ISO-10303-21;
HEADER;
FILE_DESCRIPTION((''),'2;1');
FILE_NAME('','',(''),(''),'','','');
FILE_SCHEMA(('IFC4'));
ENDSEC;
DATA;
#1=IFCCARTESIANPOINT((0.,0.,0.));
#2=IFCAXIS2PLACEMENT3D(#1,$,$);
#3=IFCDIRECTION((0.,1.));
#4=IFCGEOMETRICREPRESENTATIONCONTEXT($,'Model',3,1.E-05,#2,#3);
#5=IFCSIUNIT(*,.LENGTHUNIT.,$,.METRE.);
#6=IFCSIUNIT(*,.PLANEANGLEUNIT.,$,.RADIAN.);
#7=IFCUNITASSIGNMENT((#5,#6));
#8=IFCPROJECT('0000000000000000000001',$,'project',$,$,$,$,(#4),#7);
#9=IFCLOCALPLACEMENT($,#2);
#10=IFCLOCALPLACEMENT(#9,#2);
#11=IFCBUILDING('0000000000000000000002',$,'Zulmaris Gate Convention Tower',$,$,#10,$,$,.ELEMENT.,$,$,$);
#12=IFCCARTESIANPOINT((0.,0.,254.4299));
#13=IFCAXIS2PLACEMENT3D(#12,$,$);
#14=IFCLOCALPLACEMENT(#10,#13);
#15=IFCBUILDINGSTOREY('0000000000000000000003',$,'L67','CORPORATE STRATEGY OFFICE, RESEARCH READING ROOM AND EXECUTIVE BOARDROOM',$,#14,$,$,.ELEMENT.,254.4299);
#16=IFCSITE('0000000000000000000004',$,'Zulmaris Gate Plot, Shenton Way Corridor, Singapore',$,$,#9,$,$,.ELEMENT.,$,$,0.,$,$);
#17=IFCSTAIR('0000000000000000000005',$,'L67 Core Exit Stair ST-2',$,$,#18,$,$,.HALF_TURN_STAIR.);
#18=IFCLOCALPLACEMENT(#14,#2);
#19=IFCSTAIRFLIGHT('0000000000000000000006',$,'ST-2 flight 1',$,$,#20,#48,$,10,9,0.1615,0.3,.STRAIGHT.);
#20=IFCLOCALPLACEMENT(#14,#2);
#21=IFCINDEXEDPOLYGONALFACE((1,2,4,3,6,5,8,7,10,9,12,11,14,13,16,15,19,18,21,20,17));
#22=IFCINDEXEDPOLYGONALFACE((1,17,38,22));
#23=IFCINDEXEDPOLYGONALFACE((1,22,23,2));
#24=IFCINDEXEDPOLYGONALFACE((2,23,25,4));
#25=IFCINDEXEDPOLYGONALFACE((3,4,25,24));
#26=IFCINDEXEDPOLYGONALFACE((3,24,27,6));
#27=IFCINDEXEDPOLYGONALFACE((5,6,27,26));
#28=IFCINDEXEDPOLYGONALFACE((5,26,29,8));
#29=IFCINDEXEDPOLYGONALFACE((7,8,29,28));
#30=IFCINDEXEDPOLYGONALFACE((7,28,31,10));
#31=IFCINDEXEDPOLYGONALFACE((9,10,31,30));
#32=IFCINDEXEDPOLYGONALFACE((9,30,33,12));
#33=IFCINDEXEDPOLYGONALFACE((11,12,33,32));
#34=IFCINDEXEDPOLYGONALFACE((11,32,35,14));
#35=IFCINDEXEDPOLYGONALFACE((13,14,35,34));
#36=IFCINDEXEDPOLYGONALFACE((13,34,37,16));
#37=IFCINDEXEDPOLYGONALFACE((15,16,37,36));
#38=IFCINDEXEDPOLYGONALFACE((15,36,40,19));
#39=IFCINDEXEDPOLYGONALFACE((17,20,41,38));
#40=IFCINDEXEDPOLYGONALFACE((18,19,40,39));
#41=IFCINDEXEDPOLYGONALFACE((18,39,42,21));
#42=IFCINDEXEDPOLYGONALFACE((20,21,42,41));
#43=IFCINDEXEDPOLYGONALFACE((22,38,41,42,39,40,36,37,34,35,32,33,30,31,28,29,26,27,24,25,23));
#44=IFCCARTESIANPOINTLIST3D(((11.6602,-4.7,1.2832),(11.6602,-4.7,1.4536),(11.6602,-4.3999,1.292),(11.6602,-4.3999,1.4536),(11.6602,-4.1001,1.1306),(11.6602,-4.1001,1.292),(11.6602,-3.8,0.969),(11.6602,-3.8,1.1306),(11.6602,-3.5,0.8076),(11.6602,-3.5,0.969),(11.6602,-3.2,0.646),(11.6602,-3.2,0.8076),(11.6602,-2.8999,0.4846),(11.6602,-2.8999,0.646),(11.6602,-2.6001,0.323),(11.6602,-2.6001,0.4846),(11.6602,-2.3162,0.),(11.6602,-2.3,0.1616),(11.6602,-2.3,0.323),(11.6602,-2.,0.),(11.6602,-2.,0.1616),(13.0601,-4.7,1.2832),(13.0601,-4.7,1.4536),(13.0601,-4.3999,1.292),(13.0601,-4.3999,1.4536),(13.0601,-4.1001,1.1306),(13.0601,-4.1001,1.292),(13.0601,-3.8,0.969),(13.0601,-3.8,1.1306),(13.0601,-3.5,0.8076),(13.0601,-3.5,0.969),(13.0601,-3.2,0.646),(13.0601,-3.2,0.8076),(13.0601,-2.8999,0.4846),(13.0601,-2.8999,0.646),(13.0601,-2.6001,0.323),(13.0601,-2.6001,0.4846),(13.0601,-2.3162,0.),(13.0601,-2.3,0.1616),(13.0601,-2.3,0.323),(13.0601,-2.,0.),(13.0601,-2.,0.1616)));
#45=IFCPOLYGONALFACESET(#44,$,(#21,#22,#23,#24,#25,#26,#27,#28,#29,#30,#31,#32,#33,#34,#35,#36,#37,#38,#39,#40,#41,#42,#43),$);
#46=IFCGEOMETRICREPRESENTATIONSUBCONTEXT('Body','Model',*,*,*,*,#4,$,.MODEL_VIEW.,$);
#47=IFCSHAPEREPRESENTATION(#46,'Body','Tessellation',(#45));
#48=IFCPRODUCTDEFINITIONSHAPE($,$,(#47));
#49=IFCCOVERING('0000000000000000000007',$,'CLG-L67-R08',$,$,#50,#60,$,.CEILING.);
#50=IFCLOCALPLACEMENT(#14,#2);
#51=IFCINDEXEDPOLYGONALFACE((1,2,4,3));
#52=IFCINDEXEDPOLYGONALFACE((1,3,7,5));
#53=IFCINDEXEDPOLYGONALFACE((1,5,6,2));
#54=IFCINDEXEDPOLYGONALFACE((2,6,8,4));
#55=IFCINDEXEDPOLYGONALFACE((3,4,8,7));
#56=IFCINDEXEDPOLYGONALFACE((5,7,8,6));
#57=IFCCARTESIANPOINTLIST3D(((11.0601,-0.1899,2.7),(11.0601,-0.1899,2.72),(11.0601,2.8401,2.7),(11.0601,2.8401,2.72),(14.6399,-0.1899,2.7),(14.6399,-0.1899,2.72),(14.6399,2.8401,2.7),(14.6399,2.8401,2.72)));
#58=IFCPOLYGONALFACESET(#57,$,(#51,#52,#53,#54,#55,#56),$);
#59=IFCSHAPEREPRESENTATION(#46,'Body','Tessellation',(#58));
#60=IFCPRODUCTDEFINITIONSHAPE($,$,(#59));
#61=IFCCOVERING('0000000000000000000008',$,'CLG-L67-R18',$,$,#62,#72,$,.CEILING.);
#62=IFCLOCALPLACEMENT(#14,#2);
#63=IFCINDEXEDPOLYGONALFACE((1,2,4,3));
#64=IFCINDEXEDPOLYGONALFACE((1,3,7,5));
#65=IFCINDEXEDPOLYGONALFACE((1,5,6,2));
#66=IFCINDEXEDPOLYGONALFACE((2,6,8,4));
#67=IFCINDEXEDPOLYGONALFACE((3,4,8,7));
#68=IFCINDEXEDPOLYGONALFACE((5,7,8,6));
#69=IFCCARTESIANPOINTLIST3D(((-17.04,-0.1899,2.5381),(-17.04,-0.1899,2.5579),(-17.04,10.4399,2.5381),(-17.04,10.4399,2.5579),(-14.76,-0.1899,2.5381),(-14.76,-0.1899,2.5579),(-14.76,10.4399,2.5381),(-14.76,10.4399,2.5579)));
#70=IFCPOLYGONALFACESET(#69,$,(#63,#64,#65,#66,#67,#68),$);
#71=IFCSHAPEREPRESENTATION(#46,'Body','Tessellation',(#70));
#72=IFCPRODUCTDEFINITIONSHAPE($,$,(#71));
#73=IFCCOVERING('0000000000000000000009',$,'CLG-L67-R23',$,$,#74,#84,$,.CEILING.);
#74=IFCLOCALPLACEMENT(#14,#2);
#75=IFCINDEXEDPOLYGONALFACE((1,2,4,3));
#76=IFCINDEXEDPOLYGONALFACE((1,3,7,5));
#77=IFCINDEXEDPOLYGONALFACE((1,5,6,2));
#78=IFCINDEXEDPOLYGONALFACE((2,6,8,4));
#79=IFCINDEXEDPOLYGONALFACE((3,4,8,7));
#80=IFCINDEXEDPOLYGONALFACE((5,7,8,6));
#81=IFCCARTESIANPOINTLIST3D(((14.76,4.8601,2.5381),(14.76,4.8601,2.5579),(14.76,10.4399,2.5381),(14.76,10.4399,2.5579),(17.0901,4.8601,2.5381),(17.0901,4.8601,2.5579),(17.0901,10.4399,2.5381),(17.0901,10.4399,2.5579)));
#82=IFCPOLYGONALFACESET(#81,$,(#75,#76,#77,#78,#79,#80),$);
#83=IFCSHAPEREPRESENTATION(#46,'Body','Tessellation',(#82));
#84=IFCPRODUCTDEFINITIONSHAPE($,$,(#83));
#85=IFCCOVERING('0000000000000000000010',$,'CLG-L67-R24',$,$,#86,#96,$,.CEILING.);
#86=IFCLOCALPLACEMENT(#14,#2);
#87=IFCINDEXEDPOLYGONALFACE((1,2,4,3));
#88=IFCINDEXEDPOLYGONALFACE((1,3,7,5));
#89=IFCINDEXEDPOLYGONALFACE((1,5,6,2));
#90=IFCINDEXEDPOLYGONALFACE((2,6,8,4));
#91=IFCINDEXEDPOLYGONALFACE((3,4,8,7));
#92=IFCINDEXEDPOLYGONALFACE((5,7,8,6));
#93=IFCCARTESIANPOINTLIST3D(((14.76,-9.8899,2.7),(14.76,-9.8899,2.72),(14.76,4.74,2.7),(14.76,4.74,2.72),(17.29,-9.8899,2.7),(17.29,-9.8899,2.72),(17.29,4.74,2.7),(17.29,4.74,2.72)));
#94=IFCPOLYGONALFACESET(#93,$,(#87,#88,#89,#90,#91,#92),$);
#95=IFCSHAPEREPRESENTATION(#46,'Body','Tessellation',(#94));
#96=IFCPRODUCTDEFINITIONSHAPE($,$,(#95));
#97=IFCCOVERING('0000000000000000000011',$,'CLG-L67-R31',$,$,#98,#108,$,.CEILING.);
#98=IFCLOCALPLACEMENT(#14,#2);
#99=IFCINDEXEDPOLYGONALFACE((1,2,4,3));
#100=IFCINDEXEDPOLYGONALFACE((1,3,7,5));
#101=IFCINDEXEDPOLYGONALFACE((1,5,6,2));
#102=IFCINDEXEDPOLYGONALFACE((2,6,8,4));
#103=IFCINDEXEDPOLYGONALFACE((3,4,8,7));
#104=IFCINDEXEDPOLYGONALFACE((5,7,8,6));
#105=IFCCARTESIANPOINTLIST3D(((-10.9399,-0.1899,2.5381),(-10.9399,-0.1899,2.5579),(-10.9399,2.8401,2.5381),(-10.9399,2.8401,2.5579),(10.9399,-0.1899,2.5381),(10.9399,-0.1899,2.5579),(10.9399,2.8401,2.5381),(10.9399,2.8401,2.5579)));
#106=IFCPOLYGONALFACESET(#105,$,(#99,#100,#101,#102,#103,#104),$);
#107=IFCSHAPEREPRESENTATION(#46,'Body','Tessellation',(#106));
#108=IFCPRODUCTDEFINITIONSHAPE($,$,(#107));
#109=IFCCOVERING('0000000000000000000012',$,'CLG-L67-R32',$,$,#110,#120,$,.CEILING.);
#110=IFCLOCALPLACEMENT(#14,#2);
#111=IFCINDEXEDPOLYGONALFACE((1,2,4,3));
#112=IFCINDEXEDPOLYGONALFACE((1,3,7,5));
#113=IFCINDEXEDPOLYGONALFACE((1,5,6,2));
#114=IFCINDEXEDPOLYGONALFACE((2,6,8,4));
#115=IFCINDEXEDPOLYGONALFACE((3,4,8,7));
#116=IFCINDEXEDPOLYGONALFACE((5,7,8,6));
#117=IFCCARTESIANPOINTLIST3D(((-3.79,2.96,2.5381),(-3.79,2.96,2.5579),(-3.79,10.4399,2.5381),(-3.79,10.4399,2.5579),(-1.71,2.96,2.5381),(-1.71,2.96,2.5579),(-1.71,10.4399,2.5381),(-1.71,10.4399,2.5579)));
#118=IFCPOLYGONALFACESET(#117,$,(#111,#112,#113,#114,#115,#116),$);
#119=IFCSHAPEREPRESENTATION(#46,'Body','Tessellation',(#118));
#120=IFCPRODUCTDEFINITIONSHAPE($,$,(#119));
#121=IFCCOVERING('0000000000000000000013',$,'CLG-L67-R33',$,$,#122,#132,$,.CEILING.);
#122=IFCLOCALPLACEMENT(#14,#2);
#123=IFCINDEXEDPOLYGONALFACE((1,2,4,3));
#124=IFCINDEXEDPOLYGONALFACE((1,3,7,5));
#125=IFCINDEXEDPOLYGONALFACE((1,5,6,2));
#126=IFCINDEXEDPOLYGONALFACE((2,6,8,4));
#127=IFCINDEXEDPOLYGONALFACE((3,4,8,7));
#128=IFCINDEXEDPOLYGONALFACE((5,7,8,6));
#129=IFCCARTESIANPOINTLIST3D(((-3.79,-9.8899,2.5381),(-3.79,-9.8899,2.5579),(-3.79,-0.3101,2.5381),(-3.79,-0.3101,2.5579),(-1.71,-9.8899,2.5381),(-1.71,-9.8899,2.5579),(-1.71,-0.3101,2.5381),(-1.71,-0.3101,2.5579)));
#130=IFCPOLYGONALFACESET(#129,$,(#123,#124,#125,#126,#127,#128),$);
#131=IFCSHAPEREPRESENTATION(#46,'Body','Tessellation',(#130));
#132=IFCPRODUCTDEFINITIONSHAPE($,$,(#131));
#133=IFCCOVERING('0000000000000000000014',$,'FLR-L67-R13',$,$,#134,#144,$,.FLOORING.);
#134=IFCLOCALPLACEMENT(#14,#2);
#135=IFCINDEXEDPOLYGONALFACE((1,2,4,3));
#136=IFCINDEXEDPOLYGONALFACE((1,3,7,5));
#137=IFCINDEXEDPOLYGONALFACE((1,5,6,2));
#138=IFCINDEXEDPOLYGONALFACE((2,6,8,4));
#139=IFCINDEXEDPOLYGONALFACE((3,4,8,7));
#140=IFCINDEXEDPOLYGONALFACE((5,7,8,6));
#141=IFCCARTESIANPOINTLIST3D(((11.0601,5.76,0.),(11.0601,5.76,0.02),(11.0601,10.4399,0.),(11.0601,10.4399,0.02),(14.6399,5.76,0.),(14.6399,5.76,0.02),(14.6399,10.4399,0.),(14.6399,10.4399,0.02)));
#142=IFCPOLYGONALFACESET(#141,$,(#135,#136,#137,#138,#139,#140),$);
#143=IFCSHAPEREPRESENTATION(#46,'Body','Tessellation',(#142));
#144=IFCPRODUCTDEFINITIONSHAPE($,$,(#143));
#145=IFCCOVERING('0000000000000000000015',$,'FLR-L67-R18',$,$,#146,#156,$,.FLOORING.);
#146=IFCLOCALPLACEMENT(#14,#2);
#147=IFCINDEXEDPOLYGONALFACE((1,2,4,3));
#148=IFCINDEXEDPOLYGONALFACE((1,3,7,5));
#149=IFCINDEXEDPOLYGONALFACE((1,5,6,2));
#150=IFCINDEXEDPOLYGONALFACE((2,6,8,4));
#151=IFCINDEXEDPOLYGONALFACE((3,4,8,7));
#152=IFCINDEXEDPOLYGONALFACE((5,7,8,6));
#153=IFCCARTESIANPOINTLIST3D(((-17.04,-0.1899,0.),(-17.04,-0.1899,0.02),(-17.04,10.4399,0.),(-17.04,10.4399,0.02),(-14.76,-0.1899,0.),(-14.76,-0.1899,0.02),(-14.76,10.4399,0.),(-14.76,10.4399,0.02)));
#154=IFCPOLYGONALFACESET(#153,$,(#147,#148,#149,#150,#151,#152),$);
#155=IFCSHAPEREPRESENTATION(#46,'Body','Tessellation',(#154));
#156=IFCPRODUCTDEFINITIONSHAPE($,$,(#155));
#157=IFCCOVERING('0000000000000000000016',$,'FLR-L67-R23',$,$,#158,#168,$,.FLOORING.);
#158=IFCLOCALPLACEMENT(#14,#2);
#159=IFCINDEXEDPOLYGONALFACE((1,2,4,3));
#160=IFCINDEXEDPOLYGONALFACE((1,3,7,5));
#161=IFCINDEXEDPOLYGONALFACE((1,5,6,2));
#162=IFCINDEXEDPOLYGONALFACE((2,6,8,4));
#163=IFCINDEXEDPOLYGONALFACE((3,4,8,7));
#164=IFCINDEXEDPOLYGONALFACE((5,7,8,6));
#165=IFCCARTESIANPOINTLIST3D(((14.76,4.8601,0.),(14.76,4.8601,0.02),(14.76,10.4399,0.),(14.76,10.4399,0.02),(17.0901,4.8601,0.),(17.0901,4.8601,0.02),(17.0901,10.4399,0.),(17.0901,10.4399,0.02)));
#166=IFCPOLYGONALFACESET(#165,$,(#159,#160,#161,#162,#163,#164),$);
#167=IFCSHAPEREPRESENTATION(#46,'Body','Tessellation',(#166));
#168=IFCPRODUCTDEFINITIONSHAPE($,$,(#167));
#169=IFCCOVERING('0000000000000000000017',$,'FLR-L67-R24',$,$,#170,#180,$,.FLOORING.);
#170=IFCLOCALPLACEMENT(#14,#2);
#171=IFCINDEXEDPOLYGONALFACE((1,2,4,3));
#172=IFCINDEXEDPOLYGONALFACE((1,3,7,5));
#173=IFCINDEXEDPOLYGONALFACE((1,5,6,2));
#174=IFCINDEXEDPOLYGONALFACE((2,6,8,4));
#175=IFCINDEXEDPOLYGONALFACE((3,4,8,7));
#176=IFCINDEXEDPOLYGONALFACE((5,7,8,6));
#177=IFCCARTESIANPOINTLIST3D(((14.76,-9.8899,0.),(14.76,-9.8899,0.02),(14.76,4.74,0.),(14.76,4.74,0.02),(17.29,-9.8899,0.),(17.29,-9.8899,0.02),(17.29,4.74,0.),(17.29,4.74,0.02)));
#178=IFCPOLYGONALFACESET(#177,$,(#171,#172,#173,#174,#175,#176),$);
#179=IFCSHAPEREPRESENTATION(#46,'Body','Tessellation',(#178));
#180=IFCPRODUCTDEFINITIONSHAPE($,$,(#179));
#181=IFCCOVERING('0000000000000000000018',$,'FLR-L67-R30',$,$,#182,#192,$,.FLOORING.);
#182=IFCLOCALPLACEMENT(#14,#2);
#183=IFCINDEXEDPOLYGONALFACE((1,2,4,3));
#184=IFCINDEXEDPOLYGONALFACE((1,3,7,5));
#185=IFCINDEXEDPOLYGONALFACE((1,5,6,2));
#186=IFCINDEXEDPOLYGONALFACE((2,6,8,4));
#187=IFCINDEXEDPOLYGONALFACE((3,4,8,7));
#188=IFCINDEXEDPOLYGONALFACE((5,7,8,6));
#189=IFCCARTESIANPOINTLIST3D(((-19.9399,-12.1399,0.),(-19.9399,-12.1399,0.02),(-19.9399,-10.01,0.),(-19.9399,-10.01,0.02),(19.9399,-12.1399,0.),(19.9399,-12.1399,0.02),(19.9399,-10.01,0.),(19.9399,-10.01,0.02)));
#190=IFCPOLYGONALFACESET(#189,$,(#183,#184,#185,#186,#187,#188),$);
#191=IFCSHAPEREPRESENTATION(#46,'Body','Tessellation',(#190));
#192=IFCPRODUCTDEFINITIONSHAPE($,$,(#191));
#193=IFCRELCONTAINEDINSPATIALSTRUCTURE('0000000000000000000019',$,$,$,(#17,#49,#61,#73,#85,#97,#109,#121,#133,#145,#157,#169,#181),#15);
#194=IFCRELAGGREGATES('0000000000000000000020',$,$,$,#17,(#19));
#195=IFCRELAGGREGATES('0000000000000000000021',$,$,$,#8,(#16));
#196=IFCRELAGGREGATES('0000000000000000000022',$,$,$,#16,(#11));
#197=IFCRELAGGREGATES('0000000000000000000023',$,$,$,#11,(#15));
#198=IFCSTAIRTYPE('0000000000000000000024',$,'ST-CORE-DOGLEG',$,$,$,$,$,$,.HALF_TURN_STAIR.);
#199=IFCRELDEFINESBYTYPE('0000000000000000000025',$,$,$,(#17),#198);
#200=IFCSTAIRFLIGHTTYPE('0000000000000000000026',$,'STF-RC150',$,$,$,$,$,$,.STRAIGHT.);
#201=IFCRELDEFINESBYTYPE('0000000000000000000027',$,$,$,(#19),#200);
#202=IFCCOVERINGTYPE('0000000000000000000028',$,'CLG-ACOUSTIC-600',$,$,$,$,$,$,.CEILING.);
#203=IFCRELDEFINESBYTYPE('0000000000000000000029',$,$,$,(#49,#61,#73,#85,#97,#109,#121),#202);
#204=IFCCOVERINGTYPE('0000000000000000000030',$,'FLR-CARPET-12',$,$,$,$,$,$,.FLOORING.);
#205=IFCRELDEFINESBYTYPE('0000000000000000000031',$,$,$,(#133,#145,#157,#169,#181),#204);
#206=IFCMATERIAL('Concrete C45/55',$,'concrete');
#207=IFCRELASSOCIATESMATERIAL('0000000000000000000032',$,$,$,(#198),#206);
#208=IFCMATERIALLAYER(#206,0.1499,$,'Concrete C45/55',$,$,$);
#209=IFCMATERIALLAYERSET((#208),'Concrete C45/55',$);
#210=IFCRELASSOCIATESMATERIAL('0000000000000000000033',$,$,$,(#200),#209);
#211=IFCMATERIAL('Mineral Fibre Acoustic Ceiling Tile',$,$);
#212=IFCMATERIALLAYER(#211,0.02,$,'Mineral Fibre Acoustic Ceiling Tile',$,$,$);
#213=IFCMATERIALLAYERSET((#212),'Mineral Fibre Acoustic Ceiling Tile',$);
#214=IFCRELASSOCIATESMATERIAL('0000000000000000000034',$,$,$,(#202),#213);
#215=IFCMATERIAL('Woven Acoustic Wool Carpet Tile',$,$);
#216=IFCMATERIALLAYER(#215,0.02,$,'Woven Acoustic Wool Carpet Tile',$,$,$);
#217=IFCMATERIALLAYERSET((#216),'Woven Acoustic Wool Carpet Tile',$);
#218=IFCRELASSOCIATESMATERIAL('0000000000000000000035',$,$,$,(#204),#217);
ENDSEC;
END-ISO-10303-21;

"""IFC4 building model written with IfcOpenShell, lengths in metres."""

from ifc_helpers import new_model, si_unit, direction, frame, origin, place, context, subcontext, project, spatial, polyline, outline, extrude, material, layer, layer_set, type_object, element, aggregate, save


model = new_model("IFC4")

# Units and contexts
model_context = context("Model", 3, precision=1e-05, world=origin(), true_north=direction((0.0, 1.0)))
body_context = subcontext(model_context, "Body", "Model", "MODEL_VIEW")
ifc_project = project(units=[si_unit("LENGTHUNIT", "METRE"), si_unit("PLANEANGLEUNIT", "RADIAN")], contexts=[model_context])

# Site, building, storey
site_placement = place(None, origin())
site = spatial("IfcSite", under=ifc_project, at=site_placement, Name="Zulmaris Gate Plot, Shenton Way Corridor, Singapore", CompositionType="ELEMENT", RefElevation=0.0)
building_placement = place(site_placement, origin())
building = spatial("IfcBuilding", under=site, at=building_placement, Name="Zulmaris Gate Convention Tower", CompositionType="ELEMENT")
storey_placement = place(building_placement, frame((0.0, 0.0, 254.4299)))
storey = spatial("IfcBuildingStorey", under=building, at=storey_placement, Name="L67", Description="CORPORATE STRATEGY OFFICE, RESEARCH READING ROOM AND EXECUTIVE BOARDROOM", CompositionType="ELEMENT", Elevation=254.4299)

# Stair, stair flight
ifc_material_1 = material(Name="Concrete C45/55", Category="concrete")
stair_type = type_object("IfcStairType", Name="ST-CORE-DOGLEG", PredefinedType="HALF_TURN_STAIR", material=ifc_material_1)
stair_placement = place(storey_placement, origin())
stair = element("IfcStair", 1, at=stair_placement, inside=storey, type_object=stair_type, Name="L67 Core Exit Stair ST-2", PredefinedType="HALF_TURN_STAIR")
ifc_layer_1 = layer(ifc_material_1, 0.1499, Name="Concrete C45/55")
ifc_layer_set_1 = layer_set([ifc_layer_1], Name="Concrete C45/55")
stair_flight_type = type_object("IfcStairFlightType", Name="STF-RC150", PredefinedType="STRAIGHT", material=ifc_layer_set_1)
stair_flight_placement = place(storey_placement, frame((12.3601, -2.0, 0.0), z_axis=(0.0, 0.0, 1.0), x_axis=(0.0, -1.0, 0.0)))
stair_flight = element("IfcStairFlight", 2, at=stair_flight_placement, type_object=stair_flight_type, Name="ST-2 flight 1", NumberOfRisers=10, NumberOfTreads=9, PredefinedType="STRAIGHT", RiserHeight=0.1615, TreadLength=0.3, context=body_context, shape_type="SweptSolid", body=[
    extrude(outline(polyline([(0.0, 0.0), (0.0, 0.1616), (0.3, 0.1616), (0.3, 0.323), (0.6001, 0.323), (0.6001, 0.4846), (0.8999, 0.4846), (0.8999, 0.646), (1.2, 0.646), (1.2, 0.8076), (1.5, 0.8076), (1.5, 0.969), (1.8, 0.969), (1.8, 1.1306), (2.1001, 1.1306), (2.1001, 1.292), (2.3999, 1.292), (2.3999, 1.4536), (2.7, 1.4536), (2.7, 1.615), (2.7, 1.2832), (0.3162, 0.0), (0.0, 0.0)])), frame((0.0, 0.7, 0.0), z_axis=(0.0, -1.0, 0.0), x_axis=(1.0, 0.0, 0.0)), (0.0, 0.0, 1.0), 1.3999),
])
aggregate(stair, [stair_flight])

# Coverings
ifc_material_2 = material(Name="Mineral Fibre Acoustic Ceiling Tile")
ifc_layer_2 = layer(ifc_material_2, 0.02, Name="Mineral Fibre Acoustic Ceiling Tile")
ifc_layer_set_2 = layer_set([ifc_layer_2], Name="Mineral Fibre Acoustic Ceiling Tile")
covering_type_1 = type_object("IfcCoveringType", Name="CLG-ACOUSTIC-600", PredefinedType="CEILING", material=ifc_layer_set_2)
covering_1_placement = place(storey_placement, frame((0.0, 0.0, 2.7)))
element("IfcCovering", 3, at=covering_1_placement, inside=storey, type_object=covering_type_1, Name="CLG-L67-R08", PredefinedType="CEILING", context=body_context, shape_type="SweptSolid", body=[
    extrude(outline(polyline([(11.0601, -0.1899), (14.6399, -0.1899), (14.6399, 2.8401), (11.0601, 2.8401), (11.0601, -0.1899)])), origin(), (0.0, 0.0, 1.0), 0.02),
])
covering_2_placement = place(storey_placement, frame((0.0, 0.0, 2.5381)))
element("IfcCovering", 4, at=covering_2_placement, inside=storey, type_object=covering_type_1, Name="CLG-L67-R18", PredefinedType="CEILING", context=body_context, shape_type="SweptSolid", body=[
    extrude(outline(polyline([(-17.04, -0.1899), (-14.76, -0.1899), (-14.76, 10.4399), (-17.04, 10.4399), (-17.04, -0.1899)])), origin(), (0.0, 0.0, 1.0), 0.0198),
])
covering_3_placement = place(storey_placement, frame((0.0, 0.0, 2.5381)))
element("IfcCovering", 5, at=covering_3_placement, inside=storey, type_object=covering_type_1, Name="CLG-L67-R23", PredefinedType="CEILING", context=body_context, shape_type="SweptSolid", body=[
    extrude(outline(polyline([(14.76, 4.8601), (17.0901, 4.8601), (17.0901, 10.4399), (14.76, 10.4399), (14.76, 4.8601)])), origin(), (0.0, 0.0, 1.0), 0.0198),
])
covering_4_placement = place(storey_placement, frame((0.0, 0.0, 2.7)))
element("IfcCovering", 6, at=covering_4_placement, inside=storey, type_object=covering_type_1, Name="CLG-L67-R24", PredefinedType="CEILING", context=body_context, shape_type="SweptSolid", body=[
    extrude(outline(polyline([(14.76, -9.8899), (17.29, -9.8899), (17.29, 4.74), (14.76, 4.74), (14.76, -9.8899)])), origin(), (0.0, 0.0, 1.0), 0.02),
])
covering_5_placement = place(storey_placement, frame((0.0, 0.0, 2.5381)))
element("IfcCovering", 7, at=covering_5_placement, inside=storey, type_object=covering_type_1, Name="CLG-L67-R31", PredefinedType="CEILING", context=body_context, shape_type="SweptSolid", body=[
    extrude(outline(polyline([(-10.9399, -0.1899), (10.9399, -0.1899), (10.9399, 2.8401), (-10.9399, 2.8401), (-10.9399, -0.1899)])), origin(), (0.0, 0.0, 1.0), 0.0198),
])
covering_6_placement = place(storey_placement, frame((0.0, 0.0, 2.5381)))
element("IfcCovering", 8, at=covering_6_placement, inside=storey, type_object=covering_type_1, Name="CLG-L67-R32", PredefinedType="CEILING", context=body_context, shape_type="SweptSolid", body=[
    extrude(outline(polyline([(-3.79, 2.96), (-1.71, 2.96), (-1.71, 10.4399), (-3.79, 10.4399), (-3.79, 2.96)])), origin(), (0.0, 0.0, 1.0), 0.0198),
])
covering_7_placement = place(storey_placement, frame((0.0, 0.0, 2.5381)))
element("IfcCovering", 9, at=covering_7_placement, inside=storey, type_object=covering_type_1, Name="CLG-L67-R33", PredefinedType="CEILING", context=body_context, shape_type="SweptSolid", body=[
    extrude(outline(polyline([(-3.79, -9.8899), (-1.71, -9.8899), (-1.71, -0.3101), (-3.79, -0.3101), (-3.79, -9.8899)])), origin(), (0.0, 0.0, 1.0), 0.0198),
])
ifc_material_3 = material(Name="Woven Acoustic Wool Carpet Tile")
ifc_layer_3 = layer(ifc_material_3, 0.02, Name="Woven Acoustic Wool Carpet Tile")
ifc_layer_set_3 = layer_set([ifc_layer_3], Name="Woven Acoustic Wool Carpet Tile")
covering_type_2 = type_object("IfcCoveringType", Name="FLR-CARPET-12", PredefinedType="FLOORING", material=ifc_layer_set_3)
covering_8_placement = place(storey_placement, origin())
element("IfcCovering", 10, at=covering_8_placement, inside=storey, type_object=covering_type_2, Name="FLR-L67-R13", PredefinedType="FLOORING", context=body_context, shape_type="SweptSolid", body=[
    extrude(outline(polyline([(11.0601, 5.76), (14.6399, 5.76), (14.6399, 10.4399), (11.0601, 10.4399), (11.0601, 5.76)])), origin(), (0.0, 0.0, 1.0), 0.02),
])
covering_9_placement = place(storey_placement, origin())
element("IfcCovering", 11, at=covering_9_placement, inside=storey, type_object=covering_type_2, Name="FLR-L67-R18", PredefinedType="FLOORING", context=body_context, shape_type="SweptSolid", body=[
    extrude(outline(polyline([(-17.04, -0.1899), (-14.76, -0.1899), (-14.76, 10.4399), (-17.04, 10.4399), (-17.04, -0.1899)])), origin(), (0.0, 0.0, 1.0), 0.02),
])
covering_10_placement = place(storey_placement, origin())
element("IfcCovering", 12, at=covering_10_placement, inside=storey, type_object=covering_type_2, Name="FLR-L67-R23", PredefinedType="FLOORING", context=body_context, shape_type="SweptSolid", body=[
    extrude(outline(polyline([(14.76, 4.8601), (17.0901, 4.8601), (17.0901, 10.4399), (14.76, 10.4399), (14.76, 4.8601)])), origin(), (0.0, 0.0, 1.0), 0.02),
])
covering_11_placement = place(storey_placement, origin())
element("IfcCovering", 13, at=covering_11_placement, inside=storey, type_object=covering_type_2, Name="FLR-L67-R24", PredefinedType="FLOORING", context=body_context, shape_type="SweptSolid", body=[
    extrude(outline(polyline([(14.76, -9.8899), (17.29, -9.8899), (17.29, 4.74), (14.76, 4.74), (14.76, -9.8899)])), origin(), (0.0, 0.0, 1.0), 0.02),
])
covering_12_placement = place(storey_placement, origin())
element("IfcCovering", 14, at=covering_12_placement, inside=storey, type_object=covering_type_2, Name="FLR-L67-R30", PredefinedType="FLOORING", context=body_context, shape_type="SweptSolid", body=[
    extrude(outline(polyline([(-19.9399, -12.1399), (19.9399, -12.1399), (19.9399, -10.01), (-19.9399, -10.01), (-19.9399, -12.1399)])), origin(), (0.0, 0.0, 1.0), 0.02),
])

save(model, "model.ifc")
